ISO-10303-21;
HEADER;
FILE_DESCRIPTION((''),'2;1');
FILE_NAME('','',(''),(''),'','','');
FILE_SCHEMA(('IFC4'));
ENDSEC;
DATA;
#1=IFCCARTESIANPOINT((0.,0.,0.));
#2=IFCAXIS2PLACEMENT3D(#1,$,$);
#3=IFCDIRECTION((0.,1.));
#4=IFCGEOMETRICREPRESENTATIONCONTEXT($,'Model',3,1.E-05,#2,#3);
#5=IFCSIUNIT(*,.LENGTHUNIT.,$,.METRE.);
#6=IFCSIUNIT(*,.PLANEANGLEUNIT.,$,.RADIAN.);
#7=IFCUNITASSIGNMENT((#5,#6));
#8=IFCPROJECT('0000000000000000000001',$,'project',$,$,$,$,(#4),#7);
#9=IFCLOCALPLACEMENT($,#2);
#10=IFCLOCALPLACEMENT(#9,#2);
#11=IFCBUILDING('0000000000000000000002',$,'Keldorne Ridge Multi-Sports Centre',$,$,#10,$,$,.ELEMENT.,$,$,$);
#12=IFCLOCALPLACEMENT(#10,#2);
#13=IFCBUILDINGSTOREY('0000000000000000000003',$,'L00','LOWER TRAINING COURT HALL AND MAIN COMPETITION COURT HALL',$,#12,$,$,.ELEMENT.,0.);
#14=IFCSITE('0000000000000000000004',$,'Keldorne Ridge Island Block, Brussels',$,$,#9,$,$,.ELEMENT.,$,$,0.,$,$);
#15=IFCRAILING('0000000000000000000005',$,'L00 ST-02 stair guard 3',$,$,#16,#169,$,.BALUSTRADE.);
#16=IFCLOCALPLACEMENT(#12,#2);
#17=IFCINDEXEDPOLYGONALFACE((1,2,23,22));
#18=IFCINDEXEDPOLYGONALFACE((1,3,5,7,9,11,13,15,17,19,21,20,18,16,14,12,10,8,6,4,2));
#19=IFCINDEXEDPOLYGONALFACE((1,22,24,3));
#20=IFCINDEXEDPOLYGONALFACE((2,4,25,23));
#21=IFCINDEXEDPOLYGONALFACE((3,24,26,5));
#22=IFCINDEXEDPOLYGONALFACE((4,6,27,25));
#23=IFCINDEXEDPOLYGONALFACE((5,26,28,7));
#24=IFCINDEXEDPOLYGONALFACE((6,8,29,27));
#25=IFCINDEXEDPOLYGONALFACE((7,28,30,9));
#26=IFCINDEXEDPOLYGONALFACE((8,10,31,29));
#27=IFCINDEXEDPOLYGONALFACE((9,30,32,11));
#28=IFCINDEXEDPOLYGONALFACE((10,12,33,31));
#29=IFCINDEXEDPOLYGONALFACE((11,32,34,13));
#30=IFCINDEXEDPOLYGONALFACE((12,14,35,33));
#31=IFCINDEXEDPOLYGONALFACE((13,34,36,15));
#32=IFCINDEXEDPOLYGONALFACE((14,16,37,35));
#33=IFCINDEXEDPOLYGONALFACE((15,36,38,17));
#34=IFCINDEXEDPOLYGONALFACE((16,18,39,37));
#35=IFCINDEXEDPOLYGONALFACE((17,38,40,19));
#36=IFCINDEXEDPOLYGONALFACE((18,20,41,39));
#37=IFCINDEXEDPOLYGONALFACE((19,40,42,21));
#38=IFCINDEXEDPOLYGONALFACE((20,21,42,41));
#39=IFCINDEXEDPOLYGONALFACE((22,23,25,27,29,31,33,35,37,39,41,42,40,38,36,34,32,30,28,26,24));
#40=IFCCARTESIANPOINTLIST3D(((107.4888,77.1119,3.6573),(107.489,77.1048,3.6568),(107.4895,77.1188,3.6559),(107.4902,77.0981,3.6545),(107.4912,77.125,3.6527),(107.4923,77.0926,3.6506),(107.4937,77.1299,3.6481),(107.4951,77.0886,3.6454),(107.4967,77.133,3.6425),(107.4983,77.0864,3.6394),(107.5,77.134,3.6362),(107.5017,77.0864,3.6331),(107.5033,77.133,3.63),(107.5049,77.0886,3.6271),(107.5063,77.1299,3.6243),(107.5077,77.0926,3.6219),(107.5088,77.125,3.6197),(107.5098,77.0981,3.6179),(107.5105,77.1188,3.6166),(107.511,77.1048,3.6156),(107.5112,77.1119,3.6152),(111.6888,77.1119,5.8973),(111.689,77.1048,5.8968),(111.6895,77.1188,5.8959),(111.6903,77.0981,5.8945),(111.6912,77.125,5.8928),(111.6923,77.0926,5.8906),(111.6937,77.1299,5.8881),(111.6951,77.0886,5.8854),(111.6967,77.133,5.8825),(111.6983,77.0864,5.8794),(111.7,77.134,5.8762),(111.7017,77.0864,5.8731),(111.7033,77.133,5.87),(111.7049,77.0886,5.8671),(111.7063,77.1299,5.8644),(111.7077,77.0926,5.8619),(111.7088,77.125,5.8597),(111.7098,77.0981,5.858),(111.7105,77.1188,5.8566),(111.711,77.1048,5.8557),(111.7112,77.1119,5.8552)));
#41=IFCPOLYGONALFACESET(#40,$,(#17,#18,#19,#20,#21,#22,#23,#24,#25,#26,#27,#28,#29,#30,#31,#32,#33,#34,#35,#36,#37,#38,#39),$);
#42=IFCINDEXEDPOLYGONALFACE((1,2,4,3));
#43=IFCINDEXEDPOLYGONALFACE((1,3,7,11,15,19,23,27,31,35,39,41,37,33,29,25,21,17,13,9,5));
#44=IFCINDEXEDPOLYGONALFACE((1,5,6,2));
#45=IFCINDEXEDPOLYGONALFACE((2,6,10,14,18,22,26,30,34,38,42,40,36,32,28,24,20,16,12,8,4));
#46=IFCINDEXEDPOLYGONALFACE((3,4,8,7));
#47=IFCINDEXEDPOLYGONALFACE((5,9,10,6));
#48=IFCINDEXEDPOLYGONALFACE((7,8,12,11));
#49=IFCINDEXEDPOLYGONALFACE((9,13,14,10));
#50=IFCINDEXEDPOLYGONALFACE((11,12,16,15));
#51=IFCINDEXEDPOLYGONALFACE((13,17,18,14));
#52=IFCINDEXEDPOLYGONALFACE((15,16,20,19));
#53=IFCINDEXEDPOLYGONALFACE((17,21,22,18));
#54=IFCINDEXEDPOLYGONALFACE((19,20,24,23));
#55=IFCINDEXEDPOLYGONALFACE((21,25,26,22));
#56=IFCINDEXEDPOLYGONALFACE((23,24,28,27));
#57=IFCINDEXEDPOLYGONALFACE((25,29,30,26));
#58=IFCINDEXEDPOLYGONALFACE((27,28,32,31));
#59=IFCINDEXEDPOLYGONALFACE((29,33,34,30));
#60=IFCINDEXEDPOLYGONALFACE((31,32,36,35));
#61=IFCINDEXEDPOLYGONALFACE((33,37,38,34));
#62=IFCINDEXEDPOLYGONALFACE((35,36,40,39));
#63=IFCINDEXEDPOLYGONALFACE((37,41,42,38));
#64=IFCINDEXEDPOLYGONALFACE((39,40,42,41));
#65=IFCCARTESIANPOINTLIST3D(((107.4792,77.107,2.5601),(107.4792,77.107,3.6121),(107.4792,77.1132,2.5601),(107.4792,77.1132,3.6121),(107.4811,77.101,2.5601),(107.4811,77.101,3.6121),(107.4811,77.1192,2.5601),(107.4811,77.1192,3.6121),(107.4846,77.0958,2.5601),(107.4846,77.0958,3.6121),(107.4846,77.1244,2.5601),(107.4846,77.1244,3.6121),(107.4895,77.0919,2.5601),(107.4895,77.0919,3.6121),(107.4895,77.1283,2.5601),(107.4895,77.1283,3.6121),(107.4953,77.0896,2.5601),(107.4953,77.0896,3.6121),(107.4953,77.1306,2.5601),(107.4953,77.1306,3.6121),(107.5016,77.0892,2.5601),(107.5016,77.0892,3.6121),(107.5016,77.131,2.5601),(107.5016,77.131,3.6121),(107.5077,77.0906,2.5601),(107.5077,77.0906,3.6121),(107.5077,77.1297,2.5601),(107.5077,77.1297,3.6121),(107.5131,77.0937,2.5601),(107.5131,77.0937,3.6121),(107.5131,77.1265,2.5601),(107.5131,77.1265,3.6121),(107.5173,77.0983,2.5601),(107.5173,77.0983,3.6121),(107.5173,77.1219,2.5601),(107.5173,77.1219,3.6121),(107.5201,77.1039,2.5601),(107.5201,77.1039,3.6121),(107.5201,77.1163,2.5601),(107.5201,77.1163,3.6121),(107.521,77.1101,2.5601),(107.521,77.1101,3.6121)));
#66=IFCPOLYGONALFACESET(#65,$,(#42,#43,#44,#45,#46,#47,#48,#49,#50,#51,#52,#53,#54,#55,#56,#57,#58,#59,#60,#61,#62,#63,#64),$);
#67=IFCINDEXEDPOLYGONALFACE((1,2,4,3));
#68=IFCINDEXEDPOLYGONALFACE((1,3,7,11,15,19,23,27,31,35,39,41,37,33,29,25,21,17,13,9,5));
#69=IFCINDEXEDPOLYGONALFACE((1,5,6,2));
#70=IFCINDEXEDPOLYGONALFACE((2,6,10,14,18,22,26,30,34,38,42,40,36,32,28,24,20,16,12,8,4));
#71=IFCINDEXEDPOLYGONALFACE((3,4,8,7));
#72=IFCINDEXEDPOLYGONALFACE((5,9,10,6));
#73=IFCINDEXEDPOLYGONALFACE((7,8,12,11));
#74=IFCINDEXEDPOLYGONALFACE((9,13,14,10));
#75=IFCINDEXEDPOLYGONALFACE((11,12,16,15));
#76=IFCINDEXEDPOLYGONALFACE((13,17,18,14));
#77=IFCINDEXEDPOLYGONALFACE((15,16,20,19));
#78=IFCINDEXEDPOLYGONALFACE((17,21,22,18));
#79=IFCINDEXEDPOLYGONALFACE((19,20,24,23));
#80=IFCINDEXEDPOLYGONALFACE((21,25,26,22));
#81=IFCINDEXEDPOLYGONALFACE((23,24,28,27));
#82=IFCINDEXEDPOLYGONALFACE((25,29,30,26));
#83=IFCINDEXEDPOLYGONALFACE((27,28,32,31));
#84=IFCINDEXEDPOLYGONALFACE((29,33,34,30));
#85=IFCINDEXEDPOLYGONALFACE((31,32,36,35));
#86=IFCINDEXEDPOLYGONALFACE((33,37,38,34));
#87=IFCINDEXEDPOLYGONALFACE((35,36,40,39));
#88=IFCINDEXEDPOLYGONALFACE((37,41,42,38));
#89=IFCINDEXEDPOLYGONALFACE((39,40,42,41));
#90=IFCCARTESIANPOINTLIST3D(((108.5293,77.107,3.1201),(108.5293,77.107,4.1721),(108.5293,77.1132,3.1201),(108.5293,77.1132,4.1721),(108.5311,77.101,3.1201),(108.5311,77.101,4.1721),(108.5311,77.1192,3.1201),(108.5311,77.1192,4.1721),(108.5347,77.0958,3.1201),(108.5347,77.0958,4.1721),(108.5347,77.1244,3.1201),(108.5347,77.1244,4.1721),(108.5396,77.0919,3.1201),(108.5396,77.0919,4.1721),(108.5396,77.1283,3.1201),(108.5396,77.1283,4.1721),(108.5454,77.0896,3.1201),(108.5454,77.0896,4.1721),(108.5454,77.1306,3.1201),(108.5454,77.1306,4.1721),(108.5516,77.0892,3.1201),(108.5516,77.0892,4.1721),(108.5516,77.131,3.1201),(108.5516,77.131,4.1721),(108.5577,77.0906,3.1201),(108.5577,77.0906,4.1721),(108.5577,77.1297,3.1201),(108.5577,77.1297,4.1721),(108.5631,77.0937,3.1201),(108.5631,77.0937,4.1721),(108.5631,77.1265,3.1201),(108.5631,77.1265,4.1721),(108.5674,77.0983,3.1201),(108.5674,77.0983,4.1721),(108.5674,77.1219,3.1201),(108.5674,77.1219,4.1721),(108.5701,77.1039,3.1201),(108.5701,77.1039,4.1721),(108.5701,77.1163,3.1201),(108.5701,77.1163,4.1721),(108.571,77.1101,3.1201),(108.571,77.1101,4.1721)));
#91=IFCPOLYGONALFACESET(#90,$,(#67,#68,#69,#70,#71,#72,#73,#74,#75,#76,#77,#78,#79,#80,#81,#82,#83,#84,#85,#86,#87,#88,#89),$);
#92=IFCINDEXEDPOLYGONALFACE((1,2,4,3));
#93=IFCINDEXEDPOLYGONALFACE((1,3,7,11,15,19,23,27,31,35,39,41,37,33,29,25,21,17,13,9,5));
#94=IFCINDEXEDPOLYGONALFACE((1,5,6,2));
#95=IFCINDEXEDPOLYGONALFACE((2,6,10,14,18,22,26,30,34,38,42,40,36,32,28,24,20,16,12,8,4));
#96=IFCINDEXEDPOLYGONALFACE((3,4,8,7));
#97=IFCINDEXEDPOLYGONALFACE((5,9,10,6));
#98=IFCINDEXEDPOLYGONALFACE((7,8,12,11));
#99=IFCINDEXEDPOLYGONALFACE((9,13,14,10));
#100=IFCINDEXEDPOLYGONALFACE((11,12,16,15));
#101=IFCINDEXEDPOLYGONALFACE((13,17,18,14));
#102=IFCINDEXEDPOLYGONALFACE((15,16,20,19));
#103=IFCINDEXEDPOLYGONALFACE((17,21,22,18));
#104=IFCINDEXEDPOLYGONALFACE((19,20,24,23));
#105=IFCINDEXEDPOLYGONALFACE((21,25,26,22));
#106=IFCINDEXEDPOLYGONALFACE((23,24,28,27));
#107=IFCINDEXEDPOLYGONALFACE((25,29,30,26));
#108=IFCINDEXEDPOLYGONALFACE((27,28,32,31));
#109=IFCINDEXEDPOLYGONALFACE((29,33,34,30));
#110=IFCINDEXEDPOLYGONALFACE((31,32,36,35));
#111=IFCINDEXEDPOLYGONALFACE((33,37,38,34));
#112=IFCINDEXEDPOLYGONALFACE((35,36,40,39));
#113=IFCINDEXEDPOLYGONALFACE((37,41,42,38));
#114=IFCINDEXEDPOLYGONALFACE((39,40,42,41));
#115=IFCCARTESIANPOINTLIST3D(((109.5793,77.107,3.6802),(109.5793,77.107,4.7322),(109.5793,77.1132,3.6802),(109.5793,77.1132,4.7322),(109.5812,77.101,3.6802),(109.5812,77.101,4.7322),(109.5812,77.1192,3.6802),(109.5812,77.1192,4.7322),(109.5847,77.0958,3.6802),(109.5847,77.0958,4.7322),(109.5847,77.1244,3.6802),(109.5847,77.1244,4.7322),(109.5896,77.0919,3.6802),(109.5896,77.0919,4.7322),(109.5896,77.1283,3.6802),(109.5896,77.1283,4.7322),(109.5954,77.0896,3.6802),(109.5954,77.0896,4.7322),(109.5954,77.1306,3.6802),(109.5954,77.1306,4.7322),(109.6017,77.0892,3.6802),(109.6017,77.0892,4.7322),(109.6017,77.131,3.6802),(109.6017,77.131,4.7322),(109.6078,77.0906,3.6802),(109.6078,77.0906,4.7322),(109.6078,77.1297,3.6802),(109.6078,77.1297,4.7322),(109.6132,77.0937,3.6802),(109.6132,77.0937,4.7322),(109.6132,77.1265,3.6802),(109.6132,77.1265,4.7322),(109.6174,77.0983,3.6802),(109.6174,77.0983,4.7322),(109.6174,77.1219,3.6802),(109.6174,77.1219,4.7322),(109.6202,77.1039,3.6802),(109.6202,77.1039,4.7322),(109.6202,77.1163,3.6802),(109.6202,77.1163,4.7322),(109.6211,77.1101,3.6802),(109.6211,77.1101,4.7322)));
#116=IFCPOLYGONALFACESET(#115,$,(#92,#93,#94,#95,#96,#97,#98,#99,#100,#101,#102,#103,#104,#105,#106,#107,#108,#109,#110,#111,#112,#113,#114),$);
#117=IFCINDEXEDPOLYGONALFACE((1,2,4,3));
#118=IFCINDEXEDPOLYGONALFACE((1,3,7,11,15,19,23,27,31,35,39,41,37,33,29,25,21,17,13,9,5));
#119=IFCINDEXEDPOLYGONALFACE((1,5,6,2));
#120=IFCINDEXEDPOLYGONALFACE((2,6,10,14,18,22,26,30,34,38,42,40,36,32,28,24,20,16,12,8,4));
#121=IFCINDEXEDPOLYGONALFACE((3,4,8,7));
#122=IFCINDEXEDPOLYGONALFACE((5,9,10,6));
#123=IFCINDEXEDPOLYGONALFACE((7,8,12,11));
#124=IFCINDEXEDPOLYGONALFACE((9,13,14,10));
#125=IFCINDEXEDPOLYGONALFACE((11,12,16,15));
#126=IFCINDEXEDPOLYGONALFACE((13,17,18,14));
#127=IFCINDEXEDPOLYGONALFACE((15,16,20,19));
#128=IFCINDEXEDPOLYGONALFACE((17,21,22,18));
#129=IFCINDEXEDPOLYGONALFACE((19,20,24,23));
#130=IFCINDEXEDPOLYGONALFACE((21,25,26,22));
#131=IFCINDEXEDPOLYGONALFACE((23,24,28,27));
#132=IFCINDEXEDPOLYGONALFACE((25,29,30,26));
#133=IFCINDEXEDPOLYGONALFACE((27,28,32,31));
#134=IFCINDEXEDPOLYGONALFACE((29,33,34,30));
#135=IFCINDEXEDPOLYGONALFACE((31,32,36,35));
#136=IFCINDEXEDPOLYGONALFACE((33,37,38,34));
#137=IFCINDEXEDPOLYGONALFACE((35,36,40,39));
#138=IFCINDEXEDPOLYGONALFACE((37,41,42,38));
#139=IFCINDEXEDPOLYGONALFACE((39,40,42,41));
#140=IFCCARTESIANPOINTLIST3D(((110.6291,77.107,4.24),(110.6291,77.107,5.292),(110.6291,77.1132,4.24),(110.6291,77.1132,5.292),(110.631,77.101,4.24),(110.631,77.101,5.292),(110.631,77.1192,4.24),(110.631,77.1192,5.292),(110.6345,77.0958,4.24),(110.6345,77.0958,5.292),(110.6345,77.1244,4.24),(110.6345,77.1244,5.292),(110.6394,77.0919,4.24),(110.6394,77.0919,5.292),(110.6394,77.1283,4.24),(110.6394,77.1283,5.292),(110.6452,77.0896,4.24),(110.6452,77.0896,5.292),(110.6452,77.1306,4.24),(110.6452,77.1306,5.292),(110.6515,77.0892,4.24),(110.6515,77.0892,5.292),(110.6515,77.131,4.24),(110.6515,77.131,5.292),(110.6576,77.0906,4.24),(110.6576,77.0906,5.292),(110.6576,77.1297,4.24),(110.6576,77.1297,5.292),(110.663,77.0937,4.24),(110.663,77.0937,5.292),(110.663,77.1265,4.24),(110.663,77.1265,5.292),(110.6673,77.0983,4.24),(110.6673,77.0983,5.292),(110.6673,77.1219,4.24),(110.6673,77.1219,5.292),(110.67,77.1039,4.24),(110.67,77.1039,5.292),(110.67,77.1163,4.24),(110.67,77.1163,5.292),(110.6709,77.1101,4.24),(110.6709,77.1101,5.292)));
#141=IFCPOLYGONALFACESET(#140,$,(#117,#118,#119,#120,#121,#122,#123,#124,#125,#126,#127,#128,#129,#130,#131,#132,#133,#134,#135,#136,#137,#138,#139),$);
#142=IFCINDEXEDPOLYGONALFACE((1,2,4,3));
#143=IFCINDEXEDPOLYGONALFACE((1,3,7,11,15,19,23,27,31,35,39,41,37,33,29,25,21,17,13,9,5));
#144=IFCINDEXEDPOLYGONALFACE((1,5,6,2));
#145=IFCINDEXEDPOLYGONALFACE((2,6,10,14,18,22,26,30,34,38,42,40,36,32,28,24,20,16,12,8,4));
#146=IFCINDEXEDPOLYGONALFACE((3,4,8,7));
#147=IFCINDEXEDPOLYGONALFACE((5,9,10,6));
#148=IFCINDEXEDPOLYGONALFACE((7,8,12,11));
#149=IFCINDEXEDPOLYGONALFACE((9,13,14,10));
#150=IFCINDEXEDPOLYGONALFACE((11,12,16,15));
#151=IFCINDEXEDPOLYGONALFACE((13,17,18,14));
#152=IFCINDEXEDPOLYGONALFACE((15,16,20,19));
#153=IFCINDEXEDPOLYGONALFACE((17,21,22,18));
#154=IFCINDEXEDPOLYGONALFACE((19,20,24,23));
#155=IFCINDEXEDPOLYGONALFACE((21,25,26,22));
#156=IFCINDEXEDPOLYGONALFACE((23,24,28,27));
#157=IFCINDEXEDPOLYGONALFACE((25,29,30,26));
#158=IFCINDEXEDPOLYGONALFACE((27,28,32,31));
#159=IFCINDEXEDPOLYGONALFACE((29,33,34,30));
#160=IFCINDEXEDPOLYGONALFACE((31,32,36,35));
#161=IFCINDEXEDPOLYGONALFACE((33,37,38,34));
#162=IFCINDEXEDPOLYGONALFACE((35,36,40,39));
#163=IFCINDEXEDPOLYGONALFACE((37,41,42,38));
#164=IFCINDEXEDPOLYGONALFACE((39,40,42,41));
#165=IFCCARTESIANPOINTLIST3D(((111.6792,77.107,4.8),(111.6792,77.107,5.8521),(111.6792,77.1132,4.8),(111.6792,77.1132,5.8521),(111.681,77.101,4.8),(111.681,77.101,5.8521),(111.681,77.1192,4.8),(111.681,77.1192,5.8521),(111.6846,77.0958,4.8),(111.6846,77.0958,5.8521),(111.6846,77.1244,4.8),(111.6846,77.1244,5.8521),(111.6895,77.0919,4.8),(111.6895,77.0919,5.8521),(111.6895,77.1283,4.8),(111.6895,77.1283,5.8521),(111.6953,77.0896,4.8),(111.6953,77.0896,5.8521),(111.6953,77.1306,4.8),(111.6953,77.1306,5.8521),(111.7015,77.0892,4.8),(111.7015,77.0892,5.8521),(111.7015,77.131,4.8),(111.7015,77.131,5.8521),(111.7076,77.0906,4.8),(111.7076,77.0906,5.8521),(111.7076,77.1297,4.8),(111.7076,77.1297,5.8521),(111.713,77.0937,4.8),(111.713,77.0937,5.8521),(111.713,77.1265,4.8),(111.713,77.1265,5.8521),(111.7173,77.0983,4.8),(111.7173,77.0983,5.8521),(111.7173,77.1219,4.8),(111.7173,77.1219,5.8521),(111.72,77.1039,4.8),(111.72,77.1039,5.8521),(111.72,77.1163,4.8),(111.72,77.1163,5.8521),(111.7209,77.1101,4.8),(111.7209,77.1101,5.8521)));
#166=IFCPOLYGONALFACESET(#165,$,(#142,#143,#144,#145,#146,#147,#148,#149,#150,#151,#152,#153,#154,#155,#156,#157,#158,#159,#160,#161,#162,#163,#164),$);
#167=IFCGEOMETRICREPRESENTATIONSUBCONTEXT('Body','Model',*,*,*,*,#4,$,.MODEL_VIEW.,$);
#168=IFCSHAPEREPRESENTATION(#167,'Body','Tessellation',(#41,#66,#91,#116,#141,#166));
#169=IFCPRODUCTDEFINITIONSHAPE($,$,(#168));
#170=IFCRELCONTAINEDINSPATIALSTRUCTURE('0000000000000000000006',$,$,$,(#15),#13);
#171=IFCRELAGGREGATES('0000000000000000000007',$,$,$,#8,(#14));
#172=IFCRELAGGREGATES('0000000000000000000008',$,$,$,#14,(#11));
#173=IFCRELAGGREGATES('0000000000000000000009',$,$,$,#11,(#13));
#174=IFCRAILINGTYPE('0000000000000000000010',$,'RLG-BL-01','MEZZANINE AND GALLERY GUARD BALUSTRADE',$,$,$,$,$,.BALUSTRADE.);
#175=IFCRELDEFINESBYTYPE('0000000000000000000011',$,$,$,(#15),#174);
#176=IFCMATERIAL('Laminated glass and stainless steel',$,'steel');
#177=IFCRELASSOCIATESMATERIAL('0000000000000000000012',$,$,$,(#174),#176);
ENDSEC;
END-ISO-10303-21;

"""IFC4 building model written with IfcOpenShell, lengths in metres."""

from ifc_helpers import new_model, si_unit, direction, frame, origin, origin_2d, place, context, subcontext, project, spatial, circle, extrude, material, type_object, element, save


model = new_model("IFC4")

# Units and contexts
model_context = context("Model", 3, precision=1e-05, world=origin(), true_north=direction((0.0, 1.0)))
body_context = subcontext(model_context, "Body", "Model", "MODEL_VIEW")
ifc_project = project(units=[si_unit("LENGTHUNIT", "METRE"), si_unit("PLANEANGLEUNIT", "RADIAN")], contexts=[model_context])

# Site, building, storey
site_placement = place(None, origin())
site = spatial("IfcSite", under=ifc_project, at=site_placement, Name="Keldorne Ridge Island Block, Brussels", CompositionType="ELEMENT", RefElevation=0.0)
building_placement = place(site_placement, origin())
building = spatial("IfcBuilding", under=site, at=building_placement, Name="Keldorne Ridge Multi-Sports Centre", CompositionType="ELEMENT")
storey_placement = place(building_placement, origin())
storey = spatial("IfcBuildingStorey", under=building, at=storey_placement, Name="L00", Description="LOWER TRAINING COURT HALL AND MAIN COMPETITION COURT HALL", CompositionType="ELEMENT", Elevation=0.0)

# Railing
ifc_material_1 = material(Name="Laminated glass and stainless steel", Category="steel")
railing_type_1 = type_object("IfcRailingType", Name="RLG-BL-01", Description="MEZZANINE AND GALLERY GUARD BALUSTRADE", PredefinedType="BALUSTRADE", material=ifc_material_1)
railing_1_placement = place(storey_placement, frame((107.5, 77.1101, 2.5601)))
element("IfcRailing", 1, at=railing_1_placement, inside=storey, type_object=railing_type_1, Name="L00 ST-02 stair guard 3", PredefinedType="BALUSTRADE", context=body_context, shape_type="SweptSolid", body=[
    extrude(circle(Radius=0.0239, at=origin_2d()), frame((0.0, 0.0, 1.0762), z_axis=(0.882352, 0.0, 0.470591), x_axis=(0.0, 1.0, 0.0)), (0.0, 0.0, 1.0), 4.76),
    extrude(circle(Radius=0.021, at=origin_2d()), origin(), (0.0, 0.0, 1.0), 1.052),
    extrude(circle(Radius=0.021, at=origin_2d()), frame((1.05, 0.0, 0.5601)), (0.0, 0.0, 1.0), 1.052),
    extrude(circle(Radius=0.021, at=origin_2d()), frame((2.1001, 0.0, 1.1201)), (0.0, 0.0, 1.0), 1.052),
    extrude(circle(Radius=0.021, at=origin_2d()), frame((3.1499, 0.0, 1.6799)), (0.0, 0.0, 1.0), 1.052),
    extrude(circle(Radius=0.021, at=origin_2d()), frame((4.2, 0.0, 2.24)), (0.0, 0.0, 1.0), 1.052),
])

save(model, "model.ifc")
